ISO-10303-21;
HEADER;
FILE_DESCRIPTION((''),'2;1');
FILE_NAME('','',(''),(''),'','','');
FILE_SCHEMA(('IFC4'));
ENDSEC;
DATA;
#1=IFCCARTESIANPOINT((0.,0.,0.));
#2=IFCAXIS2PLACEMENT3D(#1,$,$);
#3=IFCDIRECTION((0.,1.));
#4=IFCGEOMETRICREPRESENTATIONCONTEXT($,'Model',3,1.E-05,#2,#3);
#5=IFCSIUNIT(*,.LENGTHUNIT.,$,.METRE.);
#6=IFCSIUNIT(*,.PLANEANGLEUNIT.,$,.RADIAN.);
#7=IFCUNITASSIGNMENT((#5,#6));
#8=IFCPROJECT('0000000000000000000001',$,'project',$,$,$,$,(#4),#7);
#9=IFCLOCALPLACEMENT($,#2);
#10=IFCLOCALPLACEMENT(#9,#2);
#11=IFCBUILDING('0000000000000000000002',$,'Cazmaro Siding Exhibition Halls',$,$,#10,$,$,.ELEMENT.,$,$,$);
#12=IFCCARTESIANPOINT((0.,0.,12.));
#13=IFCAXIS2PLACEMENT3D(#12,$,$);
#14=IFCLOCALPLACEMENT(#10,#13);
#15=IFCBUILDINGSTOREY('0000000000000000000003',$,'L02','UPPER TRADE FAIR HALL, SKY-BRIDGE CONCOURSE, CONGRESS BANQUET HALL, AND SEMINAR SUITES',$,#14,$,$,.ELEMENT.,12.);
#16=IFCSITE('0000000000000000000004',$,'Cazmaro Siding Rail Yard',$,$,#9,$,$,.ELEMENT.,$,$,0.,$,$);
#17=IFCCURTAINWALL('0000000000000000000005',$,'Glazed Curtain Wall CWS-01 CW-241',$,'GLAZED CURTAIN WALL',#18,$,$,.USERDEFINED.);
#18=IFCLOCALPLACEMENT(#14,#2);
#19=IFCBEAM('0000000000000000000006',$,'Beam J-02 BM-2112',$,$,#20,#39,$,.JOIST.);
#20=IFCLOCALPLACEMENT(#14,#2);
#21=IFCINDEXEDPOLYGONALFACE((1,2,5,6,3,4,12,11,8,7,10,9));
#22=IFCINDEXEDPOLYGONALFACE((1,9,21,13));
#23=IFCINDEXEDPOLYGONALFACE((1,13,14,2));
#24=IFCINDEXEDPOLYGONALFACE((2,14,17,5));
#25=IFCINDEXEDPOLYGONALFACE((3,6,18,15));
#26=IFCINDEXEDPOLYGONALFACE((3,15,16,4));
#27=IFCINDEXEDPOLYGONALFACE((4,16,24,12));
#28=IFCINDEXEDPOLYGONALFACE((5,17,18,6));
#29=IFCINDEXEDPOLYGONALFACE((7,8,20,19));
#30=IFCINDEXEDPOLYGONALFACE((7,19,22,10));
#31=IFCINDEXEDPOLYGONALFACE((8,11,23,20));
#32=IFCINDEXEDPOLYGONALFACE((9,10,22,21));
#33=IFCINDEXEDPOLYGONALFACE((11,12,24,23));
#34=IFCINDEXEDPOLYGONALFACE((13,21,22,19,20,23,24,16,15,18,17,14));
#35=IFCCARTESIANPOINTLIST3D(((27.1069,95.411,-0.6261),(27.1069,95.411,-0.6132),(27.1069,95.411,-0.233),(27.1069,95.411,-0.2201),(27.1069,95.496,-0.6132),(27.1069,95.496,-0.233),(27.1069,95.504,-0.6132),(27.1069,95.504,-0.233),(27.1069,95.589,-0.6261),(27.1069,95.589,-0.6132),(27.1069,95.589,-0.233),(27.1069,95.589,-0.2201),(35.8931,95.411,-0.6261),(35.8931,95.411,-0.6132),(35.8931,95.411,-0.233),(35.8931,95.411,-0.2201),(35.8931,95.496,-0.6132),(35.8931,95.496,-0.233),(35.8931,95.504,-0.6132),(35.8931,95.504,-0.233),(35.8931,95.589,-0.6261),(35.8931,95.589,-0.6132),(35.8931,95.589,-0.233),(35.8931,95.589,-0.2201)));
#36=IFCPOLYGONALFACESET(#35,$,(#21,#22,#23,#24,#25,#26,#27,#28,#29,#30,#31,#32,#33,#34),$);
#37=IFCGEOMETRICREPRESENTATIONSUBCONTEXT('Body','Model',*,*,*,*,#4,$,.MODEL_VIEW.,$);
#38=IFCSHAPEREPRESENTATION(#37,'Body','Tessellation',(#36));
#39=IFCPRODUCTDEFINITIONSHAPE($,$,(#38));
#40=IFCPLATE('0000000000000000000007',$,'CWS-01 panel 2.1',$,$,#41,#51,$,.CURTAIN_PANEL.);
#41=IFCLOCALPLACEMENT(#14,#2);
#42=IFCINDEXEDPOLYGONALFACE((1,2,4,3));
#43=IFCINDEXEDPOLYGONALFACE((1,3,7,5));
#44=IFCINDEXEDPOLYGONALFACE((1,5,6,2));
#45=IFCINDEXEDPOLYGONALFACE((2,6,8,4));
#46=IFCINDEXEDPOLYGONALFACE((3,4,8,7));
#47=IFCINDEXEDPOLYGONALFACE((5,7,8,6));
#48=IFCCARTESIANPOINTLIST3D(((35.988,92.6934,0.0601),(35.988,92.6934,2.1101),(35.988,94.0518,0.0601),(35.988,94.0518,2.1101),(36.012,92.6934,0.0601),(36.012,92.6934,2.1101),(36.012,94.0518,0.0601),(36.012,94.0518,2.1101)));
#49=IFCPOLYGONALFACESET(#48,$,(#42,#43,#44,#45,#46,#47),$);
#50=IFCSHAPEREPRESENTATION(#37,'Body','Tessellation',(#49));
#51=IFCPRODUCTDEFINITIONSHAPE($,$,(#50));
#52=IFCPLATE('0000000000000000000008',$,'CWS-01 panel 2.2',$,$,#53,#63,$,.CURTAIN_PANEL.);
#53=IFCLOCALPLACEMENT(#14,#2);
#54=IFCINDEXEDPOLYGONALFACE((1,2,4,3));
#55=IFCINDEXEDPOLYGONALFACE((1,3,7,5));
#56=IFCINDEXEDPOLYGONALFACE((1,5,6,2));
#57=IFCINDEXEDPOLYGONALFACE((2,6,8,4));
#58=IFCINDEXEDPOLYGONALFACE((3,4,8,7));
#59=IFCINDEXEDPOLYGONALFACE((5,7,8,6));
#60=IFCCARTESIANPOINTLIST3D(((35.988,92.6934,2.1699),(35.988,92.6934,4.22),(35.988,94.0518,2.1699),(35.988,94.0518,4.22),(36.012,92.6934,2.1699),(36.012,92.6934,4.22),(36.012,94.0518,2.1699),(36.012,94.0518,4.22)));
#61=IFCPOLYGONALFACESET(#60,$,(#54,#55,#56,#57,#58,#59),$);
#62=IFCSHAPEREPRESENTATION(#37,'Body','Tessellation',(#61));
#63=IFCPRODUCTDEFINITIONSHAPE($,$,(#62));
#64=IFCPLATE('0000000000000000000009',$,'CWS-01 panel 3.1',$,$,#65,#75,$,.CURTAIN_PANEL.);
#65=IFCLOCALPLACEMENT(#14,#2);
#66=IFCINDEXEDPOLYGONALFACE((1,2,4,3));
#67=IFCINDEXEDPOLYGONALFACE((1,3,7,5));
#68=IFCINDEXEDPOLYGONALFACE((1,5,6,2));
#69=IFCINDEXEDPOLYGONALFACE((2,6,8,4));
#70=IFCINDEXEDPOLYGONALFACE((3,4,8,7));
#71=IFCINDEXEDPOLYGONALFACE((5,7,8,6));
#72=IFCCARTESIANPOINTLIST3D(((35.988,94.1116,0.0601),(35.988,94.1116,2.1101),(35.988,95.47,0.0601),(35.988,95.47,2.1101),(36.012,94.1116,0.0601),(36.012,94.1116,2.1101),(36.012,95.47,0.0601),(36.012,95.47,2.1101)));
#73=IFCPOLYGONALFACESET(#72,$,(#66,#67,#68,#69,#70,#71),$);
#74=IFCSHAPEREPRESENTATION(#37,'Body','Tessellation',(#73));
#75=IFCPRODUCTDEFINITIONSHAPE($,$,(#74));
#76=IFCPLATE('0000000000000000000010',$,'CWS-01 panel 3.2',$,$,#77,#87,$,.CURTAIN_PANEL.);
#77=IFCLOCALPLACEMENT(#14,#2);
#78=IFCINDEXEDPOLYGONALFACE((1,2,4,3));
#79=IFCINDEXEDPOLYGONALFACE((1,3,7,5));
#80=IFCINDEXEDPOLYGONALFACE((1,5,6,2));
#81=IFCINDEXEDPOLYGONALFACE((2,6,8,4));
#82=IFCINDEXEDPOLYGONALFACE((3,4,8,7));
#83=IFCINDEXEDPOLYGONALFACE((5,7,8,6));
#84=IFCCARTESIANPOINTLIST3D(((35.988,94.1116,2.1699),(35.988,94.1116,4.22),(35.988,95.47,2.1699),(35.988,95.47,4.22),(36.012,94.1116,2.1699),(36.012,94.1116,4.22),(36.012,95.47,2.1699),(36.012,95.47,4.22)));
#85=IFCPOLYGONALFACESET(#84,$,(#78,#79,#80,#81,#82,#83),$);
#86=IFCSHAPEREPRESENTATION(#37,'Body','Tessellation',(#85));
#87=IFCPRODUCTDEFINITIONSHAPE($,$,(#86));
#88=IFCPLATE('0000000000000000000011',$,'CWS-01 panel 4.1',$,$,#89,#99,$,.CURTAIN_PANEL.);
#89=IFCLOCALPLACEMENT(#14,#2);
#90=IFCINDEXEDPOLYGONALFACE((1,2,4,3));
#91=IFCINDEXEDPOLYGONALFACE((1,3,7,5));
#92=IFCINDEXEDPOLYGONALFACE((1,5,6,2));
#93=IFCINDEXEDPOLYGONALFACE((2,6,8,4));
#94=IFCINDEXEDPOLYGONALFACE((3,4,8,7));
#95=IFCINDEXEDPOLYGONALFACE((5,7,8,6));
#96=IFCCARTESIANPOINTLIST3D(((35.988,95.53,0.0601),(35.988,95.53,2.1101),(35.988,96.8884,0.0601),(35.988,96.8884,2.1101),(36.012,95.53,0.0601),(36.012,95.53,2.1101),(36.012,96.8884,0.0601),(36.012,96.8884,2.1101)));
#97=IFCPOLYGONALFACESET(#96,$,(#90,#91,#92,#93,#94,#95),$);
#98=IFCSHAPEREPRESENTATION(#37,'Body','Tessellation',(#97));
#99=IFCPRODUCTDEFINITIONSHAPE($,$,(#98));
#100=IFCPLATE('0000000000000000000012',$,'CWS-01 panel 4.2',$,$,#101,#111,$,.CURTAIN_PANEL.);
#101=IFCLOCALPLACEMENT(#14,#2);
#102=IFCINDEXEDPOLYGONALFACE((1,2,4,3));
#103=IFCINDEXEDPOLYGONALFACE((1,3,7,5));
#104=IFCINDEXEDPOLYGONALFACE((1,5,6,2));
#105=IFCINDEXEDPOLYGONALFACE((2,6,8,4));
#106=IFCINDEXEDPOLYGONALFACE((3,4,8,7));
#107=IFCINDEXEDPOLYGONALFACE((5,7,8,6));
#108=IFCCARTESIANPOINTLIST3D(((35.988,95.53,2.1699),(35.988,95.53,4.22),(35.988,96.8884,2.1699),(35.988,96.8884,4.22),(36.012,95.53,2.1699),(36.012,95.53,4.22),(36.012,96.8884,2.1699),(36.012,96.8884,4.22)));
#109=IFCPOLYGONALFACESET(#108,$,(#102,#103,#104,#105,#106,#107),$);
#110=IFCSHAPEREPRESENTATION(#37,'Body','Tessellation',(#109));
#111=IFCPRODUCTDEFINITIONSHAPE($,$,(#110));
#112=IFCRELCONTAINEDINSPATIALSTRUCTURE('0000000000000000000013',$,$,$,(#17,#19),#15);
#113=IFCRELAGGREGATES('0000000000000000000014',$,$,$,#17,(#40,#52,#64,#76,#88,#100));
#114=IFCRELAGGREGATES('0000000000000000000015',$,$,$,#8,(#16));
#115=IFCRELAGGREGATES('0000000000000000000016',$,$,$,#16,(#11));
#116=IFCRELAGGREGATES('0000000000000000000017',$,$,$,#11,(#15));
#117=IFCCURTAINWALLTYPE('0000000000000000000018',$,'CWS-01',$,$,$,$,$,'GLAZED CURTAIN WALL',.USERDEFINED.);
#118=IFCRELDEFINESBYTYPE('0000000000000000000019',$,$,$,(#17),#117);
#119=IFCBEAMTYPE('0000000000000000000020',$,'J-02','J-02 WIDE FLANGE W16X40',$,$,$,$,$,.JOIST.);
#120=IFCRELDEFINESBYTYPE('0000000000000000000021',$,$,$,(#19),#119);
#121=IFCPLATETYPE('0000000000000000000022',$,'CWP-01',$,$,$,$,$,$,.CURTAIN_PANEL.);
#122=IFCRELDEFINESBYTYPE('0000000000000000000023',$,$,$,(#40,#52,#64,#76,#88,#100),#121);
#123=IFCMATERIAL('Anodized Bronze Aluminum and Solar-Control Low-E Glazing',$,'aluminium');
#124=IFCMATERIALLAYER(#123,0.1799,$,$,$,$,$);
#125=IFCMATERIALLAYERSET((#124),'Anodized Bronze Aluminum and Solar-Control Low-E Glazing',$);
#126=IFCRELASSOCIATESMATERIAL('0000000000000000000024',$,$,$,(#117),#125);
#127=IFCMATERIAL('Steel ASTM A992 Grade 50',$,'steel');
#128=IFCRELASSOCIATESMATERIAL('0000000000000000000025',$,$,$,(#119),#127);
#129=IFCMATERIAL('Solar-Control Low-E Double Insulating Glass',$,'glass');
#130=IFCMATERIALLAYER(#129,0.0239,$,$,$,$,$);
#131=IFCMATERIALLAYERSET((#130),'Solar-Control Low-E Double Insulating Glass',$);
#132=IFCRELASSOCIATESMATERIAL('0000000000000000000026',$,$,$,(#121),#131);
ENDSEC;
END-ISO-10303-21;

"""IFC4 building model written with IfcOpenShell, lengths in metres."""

from ifc_helpers import new_model, si_unit, direction, frame, origin, origin_2d, place, context, subcontext, project, spatial, rectangle, i_section, extrude, material, layer, layer_set, material_profile, profile_set, type_object, element, aggregate, save


model = new_model("IFC4")

# Units and contexts
model_context = context("Model", 3, precision=1e-05, world=origin(), true_north=direction((0.0, 1.0)))
body_context = subcontext(model_context, "Body", "Model", "MODEL_VIEW")
ifc_project = project(units=[si_unit("LENGTHUNIT", "METRE"), si_unit("PLANEANGLEUNIT", "RADIAN")], contexts=[model_context])

# Site, building, storey
site_placement = place(None, origin())
site = spatial("IfcSite", under=ifc_project, at=site_placement, Name="Cazmaro Siding Rail Yard", CompositionType="ELEMENT", RefElevation=0.0)
building_placement = place(site_placement, origin())
building = spatial("IfcBuilding", under=site, at=building_placement, Name="Cazmaro Siding Exhibition Halls", CompositionType="ELEMENT")
storey_placement = place(building_placement, frame((0.0, 0.0, 12.0)))
storey = spatial("IfcBuildingStorey", under=building, at=storey_placement, Name="L02", Description="UPPER TRADE FAIR HALL, SKY-BRIDGE CONCOURSE, CONGRESS BANQUET HALL, AND SEMINAR SUITES", CompositionType="ELEMENT", Elevation=12.0)

# Curtain wall
ifc_material_1 = material(Name="Anodized Bronze Aluminum and Solar-Control Low-E Glazing", Category="aluminium")
ifc_layer_1 = layer(ifc_material_1, 0.1799)
ifc_layer_set_1 = layer_set([ifc_layer_1], Name="Anodized Bronze Aluminum and Solar-Control Low-E Glazing")
curtain_wall_type = type_object("IfcCurtainWallType", Name="CWS-01", ElementType="GLAZED CURTAIN WALL", PredefinedType="USERDEFINED", material=ifc_layer_set_1)
curtain_wall_placement = place(storey_placement, origin())
curtain_wall = element("IfcCurtainWall", 1, at=curtain_wall_placement, inside=storey, type_object=curtain_wall_type, Name="Glazed Curtain Wall CWS-01 CW-241", ObjectType="GLAZED CURTAIN WALL", PredefinedType="USERDEFINED")

# Beam
ifc_material_2 = material(Name="Steel ASTM A992 Grade 50", Category="steel")
ifc_material_profile_1 = material_profile(ifc_material_2, i_section(OverallWidth=0.178, OverallDepth=0.406, WebThickness=0.0081, FlangeThickness=0.0129, at=origin_2d()), Name="W16X40")
ifc_profile_set_1 = profile_set([ifc_material_profile_1], Name="Steel ASTM A992 Grade 50")
beam_type = type_object("IfcBeamType", Name="J-02", Description="J-02 WIDE FLANGE W16X40", PredefinedType="JOIST", material=ifc_profile_set_1)
for number, where, z_axis, x_axis, name in (
    (2, (27.1069, 95.5, -0.4231), (1.0, 0.0, 0.0), (0.0, 1.0, 0.0), "Beam J-02 BM-2112"),
):
    element("IfcBeam", number, at=place(storey_placement, frame(where, z_axis=z_axis, x_axis=x_axis)), inside=storey, type_object=beam_type, Name=name, PredefinedType="JOIST", context=body_context, shape_type="SweptSolid", body=[
        extrude(i_section(OverallWidth=0.178, OverallDepth=0.406, WebThickness=0.0081, FlangeThickness=0.0129, at=origin_2d()), origin(), (0.0, 0.0, 1.0), 8.7861),
    ])

# Plates
ifc_material_3 = material(Name="Solar-Control Low-E Double Insulating Glass", Category="glass")
ifc_layer_2 = layer(ifc_material_3, 0.0239)
ifc_layer_set_2 = layer_set([ifc_layer_2], Name="Solar-Control Low-E Double Insulating Glass")
plate_type = type_object("IfcPlateType", Name="CWP-01", PredefinedType="CURTAIN_PANEL", material=ifc_layer_set_2)
plate_1_placement = place(storey_placement, frame((36.0, 93.3726, 0.0601), z_axis=(0.0, 0.0, 1.0), x_axis=(0.0, 1.0, 0.0)))
plate_1 = element("IfcPlate", 3, at=plate_1_placement, type_object=plate_type, Name="CWS-01 panel 2.1", PredefinedType="CURTAIN_PANEL", context=body_context, shape_type="SweptSolid", body=[
    extrude(rectangle(XDim=1.3584, YDim=0.0239, at=origin_2d()), origin(), (0.0, 0.0, 1.0), 2.05),
])
plate_2_placement = place(storey_placement, frame((36.0, 93.3726, 2.1699), z_axis=(0.0, 0.0, 1.0), x_axis=(0.0, 1.0, 0.0)))
plate_2 = element("IfcPlate", 4, at=plate_2_placement, type_object=plate_type, Name="CWS-01 panel 2.2", PredefinedType="CURTAIN_PANEL", context=body_context, shape_type="SweptSolid", body=[
    extrude(rectangle(XDim=1.3584, YDim=0.0239, at=origin_2d()), origin(), (0.0, 0.0, 1.0), 2.05),
])
plate_3_placement = place(storey_placement, frame((36.0, 94.7908, 0.0601), z_axis=(0.0, 0.0, 1.0), x_axis=(0.0, 1.0, 0.0)))
plate_3 = element("IfcPlate", 5, at=plate_3_placement, type_object=plate_type, Name="CWS-01 panel 3.1", PredefinedType="CURTAIN_PANEL", context=body_context, shape_type="SweptSolid", body=[
    extrude(rectangle(XDim=1.3584, YDim=0.0239, at=origin_2d()), origin(), (0.0, 0.0, 1.0), 2.05),
])
plate_4_placement = place(storey_placement, frame((36.0, 94.7908, 2.1699), z_axis=(0.0, 0.0, 1.0), x_axis=(0.0, 1.0, 0.0)))
plate_4 = element("IfcPlate", 6, at=plate_4_placement, type_object=plate_type, Name="CWS-01 panel 3.2", PredefinedType="CURTAIN_PANEL", context=body_context, shape_type="SweptSolid", body=[
    extrude(rectangle(XDim=1.3584, YDim=0.0239, at=origin_2d()), origin(), (0.0, 0.0, 1.0), 2.05),
])
plate_5_placement = place(storey_placement, frame((36.0, 96.2092, 0.0601), z_axis=(0.0, 0.0, 1.0), x_axis=(0.0, 1.0, 0.0)))
plate_5 = element("IfcPlate", 7, at=plate_5_placement, type_object=plate_type, Name="CWS-01 panel 4.1", PredefinedType="CURTAIN_PANEL", context=body_context, shape_type="SweptSolid", body=[
    extrude(rectangle(XDim=1.3584, YDim=0.0239, at=origin_2d()), origin(), (0.0, 0.0, 1.0), 2.05),
])
plate_6_placement = place(storey_placement, frame((36.0, 96.2092, 2.1699), z_axis=(0.0, 0.0, 1.0), x_axis=(0.0, 1.0, 0.0)))
plate_6 = element("IfcPlate", 8, at=plate_6_placement, type_object=plate_type, Name="CWS-01 panel 4.2", PredefinedType="CURTAIN_PANEL", context=body_context, shape_type="SweptSolid", body=[
    extrude(rectangle(XDim=1.3584, YDim=0.0239, at=origin_2d()), origin(), (0.0, 0.0, 1.0), 2.05),
])
aggregate(curtain_wall, [plate_1, plate_2, plate_3, plate_4, plate_5, plate_6])

save(model, "model.ifc")
